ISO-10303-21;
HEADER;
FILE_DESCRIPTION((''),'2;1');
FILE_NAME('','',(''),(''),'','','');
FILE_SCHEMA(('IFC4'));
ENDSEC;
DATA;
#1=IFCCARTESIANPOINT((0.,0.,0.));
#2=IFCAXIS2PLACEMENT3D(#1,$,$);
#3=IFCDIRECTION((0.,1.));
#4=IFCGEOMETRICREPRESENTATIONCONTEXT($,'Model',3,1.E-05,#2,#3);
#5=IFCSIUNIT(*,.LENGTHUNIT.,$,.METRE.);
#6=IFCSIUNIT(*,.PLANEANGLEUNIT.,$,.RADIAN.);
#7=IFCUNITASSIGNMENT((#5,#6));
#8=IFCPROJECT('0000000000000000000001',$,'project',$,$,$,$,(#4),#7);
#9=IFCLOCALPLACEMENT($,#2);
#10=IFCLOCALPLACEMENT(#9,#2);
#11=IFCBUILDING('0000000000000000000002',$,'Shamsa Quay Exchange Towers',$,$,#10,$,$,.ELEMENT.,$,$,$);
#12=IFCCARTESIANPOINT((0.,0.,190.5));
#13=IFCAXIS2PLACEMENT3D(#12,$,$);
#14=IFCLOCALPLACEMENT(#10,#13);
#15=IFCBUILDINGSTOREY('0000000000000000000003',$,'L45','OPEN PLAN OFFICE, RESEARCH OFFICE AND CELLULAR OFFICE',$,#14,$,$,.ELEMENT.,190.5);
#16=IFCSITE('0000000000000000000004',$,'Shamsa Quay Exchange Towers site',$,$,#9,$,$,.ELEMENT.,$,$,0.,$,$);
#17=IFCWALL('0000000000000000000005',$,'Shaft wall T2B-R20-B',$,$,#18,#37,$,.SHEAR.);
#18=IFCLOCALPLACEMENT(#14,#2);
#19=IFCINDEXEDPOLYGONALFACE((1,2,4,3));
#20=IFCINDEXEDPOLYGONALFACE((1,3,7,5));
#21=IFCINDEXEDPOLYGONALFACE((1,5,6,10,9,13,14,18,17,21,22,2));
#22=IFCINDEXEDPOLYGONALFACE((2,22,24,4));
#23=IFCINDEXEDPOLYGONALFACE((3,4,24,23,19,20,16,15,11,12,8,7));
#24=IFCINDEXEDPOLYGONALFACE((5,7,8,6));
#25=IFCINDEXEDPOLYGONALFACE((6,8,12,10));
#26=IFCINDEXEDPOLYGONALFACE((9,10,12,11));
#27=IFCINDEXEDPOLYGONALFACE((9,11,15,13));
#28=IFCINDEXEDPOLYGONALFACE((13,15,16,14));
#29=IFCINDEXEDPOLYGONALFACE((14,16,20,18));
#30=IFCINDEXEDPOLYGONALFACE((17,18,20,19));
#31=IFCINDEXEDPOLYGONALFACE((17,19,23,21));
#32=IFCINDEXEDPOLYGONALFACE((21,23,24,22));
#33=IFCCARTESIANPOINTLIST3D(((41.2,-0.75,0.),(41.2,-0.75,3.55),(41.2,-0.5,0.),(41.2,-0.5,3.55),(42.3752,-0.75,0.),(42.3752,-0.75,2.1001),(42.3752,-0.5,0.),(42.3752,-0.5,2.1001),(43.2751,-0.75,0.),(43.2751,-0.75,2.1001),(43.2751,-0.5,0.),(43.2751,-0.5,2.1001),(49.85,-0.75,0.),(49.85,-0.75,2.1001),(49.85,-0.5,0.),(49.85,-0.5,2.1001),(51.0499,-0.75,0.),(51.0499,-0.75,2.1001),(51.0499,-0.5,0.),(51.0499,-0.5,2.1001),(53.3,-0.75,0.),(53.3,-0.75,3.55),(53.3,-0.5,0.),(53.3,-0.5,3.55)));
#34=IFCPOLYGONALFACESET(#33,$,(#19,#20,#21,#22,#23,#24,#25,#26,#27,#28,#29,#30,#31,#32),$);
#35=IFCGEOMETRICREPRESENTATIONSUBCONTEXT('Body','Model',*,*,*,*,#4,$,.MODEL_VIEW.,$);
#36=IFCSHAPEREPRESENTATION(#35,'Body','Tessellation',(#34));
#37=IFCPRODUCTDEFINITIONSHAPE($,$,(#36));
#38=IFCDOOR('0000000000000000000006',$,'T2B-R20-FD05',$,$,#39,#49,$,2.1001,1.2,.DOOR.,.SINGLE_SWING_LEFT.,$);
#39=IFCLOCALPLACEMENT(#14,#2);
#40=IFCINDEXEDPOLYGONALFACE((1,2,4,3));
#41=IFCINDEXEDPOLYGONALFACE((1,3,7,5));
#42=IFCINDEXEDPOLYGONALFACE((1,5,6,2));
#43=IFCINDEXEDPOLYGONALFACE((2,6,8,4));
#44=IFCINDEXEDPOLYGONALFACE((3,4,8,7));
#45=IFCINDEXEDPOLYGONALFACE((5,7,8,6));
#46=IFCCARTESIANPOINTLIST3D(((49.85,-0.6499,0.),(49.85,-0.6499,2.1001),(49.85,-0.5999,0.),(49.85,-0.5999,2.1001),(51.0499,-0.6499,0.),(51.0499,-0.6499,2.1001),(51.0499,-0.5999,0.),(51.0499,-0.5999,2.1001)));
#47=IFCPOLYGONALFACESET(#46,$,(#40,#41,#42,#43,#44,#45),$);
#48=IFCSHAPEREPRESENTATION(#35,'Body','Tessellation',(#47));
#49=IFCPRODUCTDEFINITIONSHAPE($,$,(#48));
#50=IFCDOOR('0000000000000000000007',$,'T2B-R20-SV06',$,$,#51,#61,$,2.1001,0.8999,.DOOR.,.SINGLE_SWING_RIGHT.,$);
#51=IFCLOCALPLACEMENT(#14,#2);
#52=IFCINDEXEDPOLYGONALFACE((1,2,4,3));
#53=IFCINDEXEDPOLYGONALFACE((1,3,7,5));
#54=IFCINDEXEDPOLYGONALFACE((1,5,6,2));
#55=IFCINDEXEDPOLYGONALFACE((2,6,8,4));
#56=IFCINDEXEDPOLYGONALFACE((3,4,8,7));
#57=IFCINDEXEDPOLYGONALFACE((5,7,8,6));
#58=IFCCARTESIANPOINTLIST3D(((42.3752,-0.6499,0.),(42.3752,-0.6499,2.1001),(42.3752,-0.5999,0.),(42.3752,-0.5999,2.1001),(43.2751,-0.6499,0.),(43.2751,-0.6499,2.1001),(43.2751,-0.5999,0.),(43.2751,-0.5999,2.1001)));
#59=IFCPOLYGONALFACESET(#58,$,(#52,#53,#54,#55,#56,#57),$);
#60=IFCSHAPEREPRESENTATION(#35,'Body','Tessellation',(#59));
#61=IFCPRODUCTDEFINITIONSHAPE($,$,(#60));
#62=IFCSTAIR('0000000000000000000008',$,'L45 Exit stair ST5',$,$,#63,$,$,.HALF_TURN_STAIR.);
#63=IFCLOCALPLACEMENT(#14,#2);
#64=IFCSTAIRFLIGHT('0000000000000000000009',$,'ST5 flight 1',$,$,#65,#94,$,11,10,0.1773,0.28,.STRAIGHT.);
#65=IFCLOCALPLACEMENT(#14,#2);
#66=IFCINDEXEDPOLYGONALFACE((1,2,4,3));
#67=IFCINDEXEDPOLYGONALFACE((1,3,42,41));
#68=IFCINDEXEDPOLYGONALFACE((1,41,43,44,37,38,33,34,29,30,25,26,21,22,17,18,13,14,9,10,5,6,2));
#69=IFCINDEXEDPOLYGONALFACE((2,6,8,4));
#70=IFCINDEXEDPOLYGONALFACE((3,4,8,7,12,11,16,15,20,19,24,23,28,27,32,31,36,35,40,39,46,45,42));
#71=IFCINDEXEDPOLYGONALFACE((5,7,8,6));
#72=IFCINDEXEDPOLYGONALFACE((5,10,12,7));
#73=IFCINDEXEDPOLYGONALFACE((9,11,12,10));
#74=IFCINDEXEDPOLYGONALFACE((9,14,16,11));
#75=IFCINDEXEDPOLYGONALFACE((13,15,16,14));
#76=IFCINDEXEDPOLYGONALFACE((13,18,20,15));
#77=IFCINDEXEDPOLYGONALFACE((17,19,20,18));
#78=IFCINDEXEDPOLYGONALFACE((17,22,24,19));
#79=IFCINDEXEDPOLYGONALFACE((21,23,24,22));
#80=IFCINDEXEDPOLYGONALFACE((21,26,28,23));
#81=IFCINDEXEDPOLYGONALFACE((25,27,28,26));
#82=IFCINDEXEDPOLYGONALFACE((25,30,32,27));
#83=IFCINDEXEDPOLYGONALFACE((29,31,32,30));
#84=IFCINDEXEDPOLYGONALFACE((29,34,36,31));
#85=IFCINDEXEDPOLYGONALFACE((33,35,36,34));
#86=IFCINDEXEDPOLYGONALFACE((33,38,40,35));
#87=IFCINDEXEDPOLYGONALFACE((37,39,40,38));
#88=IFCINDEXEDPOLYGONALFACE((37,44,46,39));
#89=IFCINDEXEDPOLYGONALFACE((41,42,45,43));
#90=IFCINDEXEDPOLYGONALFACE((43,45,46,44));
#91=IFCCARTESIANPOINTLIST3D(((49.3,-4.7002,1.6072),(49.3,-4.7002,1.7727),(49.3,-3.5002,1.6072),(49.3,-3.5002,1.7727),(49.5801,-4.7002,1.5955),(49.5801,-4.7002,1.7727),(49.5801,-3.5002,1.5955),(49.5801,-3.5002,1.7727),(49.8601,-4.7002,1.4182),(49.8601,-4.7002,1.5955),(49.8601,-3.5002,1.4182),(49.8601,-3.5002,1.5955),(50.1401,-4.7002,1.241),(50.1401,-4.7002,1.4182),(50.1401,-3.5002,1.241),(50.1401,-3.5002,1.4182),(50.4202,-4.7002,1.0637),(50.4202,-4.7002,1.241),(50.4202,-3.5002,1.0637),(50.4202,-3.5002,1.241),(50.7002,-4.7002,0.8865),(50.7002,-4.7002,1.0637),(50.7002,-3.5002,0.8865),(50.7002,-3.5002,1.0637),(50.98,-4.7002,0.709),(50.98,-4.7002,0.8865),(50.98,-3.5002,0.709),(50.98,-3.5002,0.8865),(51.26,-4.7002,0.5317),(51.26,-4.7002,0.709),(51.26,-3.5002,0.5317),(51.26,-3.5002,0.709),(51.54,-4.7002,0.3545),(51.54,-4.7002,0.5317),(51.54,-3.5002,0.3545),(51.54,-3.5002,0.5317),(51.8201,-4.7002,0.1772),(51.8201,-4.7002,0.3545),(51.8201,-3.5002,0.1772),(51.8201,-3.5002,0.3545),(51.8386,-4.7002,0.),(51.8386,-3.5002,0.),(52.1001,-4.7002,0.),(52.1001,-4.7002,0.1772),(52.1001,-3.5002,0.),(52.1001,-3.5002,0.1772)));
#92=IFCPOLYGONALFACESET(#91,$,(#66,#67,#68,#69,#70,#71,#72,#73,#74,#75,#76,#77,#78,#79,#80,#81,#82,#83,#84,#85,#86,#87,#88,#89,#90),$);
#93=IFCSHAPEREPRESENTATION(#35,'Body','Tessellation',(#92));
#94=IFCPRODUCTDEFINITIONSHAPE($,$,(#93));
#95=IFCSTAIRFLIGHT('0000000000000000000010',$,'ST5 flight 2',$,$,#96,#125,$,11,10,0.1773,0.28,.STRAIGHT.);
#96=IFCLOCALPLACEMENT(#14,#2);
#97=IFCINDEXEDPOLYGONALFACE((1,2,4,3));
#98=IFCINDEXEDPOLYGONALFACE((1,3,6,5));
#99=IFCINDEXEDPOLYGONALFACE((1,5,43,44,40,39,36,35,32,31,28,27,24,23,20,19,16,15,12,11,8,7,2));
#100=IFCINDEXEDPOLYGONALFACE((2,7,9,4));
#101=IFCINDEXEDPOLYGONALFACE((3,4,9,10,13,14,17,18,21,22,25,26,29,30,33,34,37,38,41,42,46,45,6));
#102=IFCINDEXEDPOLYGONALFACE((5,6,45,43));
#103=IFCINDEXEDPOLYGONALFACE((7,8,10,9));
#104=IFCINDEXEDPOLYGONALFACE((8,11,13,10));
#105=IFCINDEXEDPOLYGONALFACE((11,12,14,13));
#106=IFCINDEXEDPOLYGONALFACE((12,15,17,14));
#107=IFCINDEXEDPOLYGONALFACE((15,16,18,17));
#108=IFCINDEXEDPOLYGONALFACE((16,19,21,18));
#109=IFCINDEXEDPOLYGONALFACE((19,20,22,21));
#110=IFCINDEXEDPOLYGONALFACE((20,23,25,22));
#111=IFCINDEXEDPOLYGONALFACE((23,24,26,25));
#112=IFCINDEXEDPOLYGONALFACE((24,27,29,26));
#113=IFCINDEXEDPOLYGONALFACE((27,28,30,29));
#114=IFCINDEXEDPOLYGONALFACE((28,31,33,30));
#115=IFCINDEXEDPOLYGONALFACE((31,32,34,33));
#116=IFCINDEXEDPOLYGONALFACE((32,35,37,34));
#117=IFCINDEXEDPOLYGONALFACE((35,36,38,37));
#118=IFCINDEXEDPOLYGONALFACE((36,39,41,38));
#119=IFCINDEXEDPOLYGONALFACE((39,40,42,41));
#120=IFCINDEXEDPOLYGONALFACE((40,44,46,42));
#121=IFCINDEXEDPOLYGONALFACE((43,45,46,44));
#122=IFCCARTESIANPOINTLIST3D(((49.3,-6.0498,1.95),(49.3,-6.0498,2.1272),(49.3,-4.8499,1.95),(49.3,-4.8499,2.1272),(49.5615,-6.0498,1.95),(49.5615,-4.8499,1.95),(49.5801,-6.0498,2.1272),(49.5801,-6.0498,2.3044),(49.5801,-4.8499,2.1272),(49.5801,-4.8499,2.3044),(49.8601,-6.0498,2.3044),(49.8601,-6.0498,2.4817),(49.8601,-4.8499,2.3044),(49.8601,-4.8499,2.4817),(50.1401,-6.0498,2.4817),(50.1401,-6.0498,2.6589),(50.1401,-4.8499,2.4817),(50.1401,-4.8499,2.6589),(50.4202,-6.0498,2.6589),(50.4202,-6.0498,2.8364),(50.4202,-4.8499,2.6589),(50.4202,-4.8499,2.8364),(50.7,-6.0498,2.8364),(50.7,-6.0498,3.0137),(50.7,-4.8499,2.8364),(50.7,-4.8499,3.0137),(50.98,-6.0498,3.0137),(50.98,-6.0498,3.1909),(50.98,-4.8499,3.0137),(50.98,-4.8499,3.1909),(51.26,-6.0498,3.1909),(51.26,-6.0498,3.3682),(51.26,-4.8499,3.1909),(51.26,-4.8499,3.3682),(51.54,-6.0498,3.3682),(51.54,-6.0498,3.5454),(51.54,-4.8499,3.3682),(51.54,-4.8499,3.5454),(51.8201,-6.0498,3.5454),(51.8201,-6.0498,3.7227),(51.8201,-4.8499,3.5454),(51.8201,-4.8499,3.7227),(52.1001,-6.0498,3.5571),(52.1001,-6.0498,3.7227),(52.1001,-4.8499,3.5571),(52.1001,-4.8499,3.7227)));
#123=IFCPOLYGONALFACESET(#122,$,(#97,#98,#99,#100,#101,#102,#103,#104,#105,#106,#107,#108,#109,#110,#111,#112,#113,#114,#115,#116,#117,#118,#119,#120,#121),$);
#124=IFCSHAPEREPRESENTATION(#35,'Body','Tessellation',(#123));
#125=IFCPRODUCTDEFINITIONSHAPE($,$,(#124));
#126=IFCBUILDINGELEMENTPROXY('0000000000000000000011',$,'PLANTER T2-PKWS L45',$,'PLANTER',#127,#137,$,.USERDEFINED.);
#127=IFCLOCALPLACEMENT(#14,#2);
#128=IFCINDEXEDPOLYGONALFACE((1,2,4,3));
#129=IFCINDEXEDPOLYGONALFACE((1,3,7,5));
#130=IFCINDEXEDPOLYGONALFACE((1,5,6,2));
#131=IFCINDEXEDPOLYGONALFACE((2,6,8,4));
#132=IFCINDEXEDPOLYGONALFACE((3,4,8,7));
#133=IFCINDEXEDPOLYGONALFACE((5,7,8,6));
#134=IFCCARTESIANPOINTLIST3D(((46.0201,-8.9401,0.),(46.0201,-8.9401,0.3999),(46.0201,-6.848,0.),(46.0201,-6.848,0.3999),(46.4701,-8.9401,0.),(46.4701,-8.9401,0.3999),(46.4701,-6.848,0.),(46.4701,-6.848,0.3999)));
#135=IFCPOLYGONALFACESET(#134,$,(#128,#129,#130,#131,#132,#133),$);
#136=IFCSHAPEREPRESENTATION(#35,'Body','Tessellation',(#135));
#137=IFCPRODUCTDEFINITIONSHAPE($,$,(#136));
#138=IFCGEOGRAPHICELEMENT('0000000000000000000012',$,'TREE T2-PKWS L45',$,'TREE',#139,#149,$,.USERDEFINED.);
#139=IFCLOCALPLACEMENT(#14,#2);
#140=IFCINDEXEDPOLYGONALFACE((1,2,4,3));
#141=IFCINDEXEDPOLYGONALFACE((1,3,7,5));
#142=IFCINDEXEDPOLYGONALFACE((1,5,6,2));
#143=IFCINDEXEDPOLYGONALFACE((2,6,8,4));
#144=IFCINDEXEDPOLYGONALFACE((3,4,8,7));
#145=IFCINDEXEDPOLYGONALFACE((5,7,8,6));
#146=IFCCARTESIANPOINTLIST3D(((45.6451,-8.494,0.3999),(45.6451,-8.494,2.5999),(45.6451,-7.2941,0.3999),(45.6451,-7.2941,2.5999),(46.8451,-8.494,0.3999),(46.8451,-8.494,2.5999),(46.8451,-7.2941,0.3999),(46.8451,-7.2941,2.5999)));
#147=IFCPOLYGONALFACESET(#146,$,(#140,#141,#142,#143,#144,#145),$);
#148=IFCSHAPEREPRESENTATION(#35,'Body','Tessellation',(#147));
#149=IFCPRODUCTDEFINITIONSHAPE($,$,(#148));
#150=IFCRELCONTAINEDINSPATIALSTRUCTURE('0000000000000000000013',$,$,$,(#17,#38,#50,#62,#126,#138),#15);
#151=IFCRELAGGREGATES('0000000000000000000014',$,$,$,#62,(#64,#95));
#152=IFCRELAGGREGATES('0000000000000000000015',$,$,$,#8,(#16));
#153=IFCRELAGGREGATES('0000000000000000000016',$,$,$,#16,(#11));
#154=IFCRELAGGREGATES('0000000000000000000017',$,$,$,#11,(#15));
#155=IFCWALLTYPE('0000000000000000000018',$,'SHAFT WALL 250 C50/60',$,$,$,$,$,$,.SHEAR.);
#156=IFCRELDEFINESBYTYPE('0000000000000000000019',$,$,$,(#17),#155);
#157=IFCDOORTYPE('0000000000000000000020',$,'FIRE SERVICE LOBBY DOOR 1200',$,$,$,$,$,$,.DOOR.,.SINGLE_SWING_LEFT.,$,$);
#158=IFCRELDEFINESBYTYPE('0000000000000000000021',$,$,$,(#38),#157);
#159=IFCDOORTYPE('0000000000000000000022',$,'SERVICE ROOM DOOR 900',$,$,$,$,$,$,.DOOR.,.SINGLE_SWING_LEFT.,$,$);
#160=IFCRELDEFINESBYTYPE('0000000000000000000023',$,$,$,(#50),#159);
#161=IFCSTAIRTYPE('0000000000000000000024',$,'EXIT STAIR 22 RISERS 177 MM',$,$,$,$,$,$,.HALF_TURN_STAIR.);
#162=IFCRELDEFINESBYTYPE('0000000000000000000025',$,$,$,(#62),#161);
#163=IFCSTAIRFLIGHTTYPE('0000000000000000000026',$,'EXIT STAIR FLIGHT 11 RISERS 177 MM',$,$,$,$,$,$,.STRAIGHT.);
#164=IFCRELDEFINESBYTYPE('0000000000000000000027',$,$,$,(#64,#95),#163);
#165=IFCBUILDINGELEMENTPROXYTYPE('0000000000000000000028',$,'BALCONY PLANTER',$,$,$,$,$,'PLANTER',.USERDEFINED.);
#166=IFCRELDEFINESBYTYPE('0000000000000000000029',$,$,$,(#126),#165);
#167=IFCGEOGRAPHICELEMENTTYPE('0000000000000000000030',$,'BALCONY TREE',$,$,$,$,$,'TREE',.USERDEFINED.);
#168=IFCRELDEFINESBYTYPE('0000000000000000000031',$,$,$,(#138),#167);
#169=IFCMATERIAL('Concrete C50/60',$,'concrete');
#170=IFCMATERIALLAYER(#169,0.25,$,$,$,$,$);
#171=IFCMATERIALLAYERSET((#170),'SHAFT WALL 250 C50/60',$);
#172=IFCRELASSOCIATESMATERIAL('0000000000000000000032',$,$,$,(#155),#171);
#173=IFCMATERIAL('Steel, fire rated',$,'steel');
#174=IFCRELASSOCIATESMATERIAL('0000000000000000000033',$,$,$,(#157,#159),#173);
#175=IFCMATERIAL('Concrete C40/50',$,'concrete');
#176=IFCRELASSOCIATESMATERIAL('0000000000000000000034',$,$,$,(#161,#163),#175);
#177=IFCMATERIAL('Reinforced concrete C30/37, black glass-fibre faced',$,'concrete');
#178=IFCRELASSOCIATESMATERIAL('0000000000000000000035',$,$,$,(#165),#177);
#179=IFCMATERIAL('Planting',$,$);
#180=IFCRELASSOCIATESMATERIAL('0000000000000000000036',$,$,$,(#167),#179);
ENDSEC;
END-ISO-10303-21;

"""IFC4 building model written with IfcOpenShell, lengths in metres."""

from ifc_helpers import new_model, si_unit, direction, frame, frame_2d, origin, origin_2d, place, context, subcontext, project, spatial, polyline, rectangle, outline, extrude, material, layer, layer_set, type_object, element, fill, aggregate, save


model = new_model("IFC4")

# Units and contexts
model_context = context("Model", 3, precision=1e-05, world=origin(), true_north=direction((0.0, 1.0)))
body_context = subcontext(model_context, "Body", "Model", "MODEL_VIEW")
ifc_project = project(units=[si_unit("LENGTHUNIT", "METRE"), si_unit("PLANEANGLEUNIT", "RADIAN")], contexts=[model_context])

# Site, building, storey
site_placement = place(None, origin())
site = spatial("IfcSite", under=ifc_project, at=site_placement, Name="Shamsa Quay Exchange Towers site", CompositionType="ELEMENT", RefElevation=0.0)
building_placement = place(site_placement, origin())
building = spatial("IfcBuilding", under=site, at=building_placement, Name="Shamsa Quay Exchange Towers", CompositionType="ELEMENT")
storey_placement = place(building_placement, frame((0.0, 0.0, 190.5)))
storey = spatial("IfcBuildingStorey", under=building, at=storey_placement, Name="L45", Description="OPEN PLAN OFFICE, RESEARCH OFFICE AND CELLULAR OFFICE", CompositionType="ELEMENT", Elevation=190.5)

# Shared definitions
ifc_material_1 = material(Name="Steel, fire rated", Category="steel")
ifc_material_2 = material(Name="Concrete C50/60", Category="concrete")
ifc_layer_1 = layer(ifc_material_2, 0.25)
ifc_layer_set_1 = layer_set([ifc_layer_1], Name="SHAFT WALL 250 C50/60")
wall_type_1 = type_object("IfcWallType", Name="SHAFT WALL 250 C50/60", PredefinedType="SHEAR", material=ifc_layer_set_1)

# Wall, openings, doors
wall_1_placement = place(storey_placement, frame((53.3, -0.625, 0.0), z_axis=(0.0, 0.0, 1.0), x_axis=(-1.0, 0.0, 0.0)))
wall_1 = element("IfcWall", 1, at=wall_1_placement, inside=storey, type_object=wall_type_1, Name="Shaft wall T2B-R20-B", PredefinedType="SHEAR", context=body_context, shape_type="SweptSolid", body=[
    extrude(rectangle(XDim=12.1001, YDim=0.25, at=frame_2d((6.05, 0.0))), origin(), (0.0, 0.0, 1.0), 3.55),
])
opening_1_placement = place(wall_1_placement, frame((2.25, 0.0, 0.0)))
opening_1 = element("IfcOpeningElement", 2, at=opening_1_placement, cuts=wall_1, PredefinedType="OPENING", context=body_context, shape_type="SweptSolid", body=[
    extrude(rectangle(XDim=1.2, YDim=2.1001, at=frame_2d((0.6001, 1.05))), frame((0.0, 0.135, 0.0), z_axis=(0.0, -1.0, 0.0), x_axis=(1.0, 0.0, 0.0)), (0.0, 0.0, 1.0), 0.27),
])
opening_2_placement = place(wall_1_placement, frame((10.0249, 0.0, 0.0)))
opening_2 = element("IfcOpeningElement", 3, at=opening_2_placement, cuts=wall_1, PredefinedType="OPENING", context=body_context, shape_type="SweptSolid", body=[
    extrude(rectangle(XDim=0.8999, YDim=2.1001, at=frame_2d((0.45, 1.05))), frame((0.0, 0.135, 0.0), z_axis=(0.0, -1.0, 0.0), x_axis=(1.0, 0.0, 0.0)), (0.0, 0.0, 1.0), 0.27),
])
door_type_1 = type_object("IfcDoorType", Name="FIRE SERVICE LOBBY DOOR 1200", OperationType="SINGLE_SWING_LEFT", PredefinedType="DOOR", material=ifc_material_1)
door_1_placement = place(opening_1_placement, origin())
door_1 = element("IfcDoor", 4, at=door_1_placement, inside=storey, type_object=door_type_1, Name="T2B-R20-FD05", OperationType="SINGLE_SWING_LEFT", OverallHeight=2.1001, OverallWidth=1.2, PredefinedType="DOOR", context=body_context, shape_type="SweptSolid", body=[
    extrude(rectangle(XDim=1.2, YDim=2.1001, at=frame_2d((0.6001, 1.05))), frame((0.0, 0.0249, 0.0), z_axis=(0.0, -1.0, 0.0), x_axis=(1.0, 0.0, 0.0)), (0.0, 0.0, 1.0), 0.05),
])
fill(opening_1, door_1)
door_type_2 = type_object("IfcDoorType", Name="SERVICE ROOM DOOR 900", OperationType="SINGLE_SWING_LEFT", PredefinedType="DOOR", material=ifc_material_1)
door_2_placement = place(opening_2_placement, origin())
door_2 = element("IfcDoor", 5, at=door_2_placement, inside=storey, type_object=door_type_2, Name="T2B-R20-SV06", OperationType="SINGLE_SWING_RIGHT", OverallHeight=2.1001, OverallWidth=0.8999, PredefinedType="DOOR", context=body_context, shape_type="SweptSolid", body=[
    extrude(rectangle(XDim=0.8999, YDim=2.1001, at=frame_2d((0.45, 1.05))), frame((0.0, 0.0249, 0.0), z_axis=(0.0, -1.0, 0.0), x_axis=(1.0, 0.0, 0.0)), (0.0, 0.0, 1.0), 0.05),
])
fill(opening_2, door_2)

# Stair, stair flights
ifc_material_3 = material(Name="Concrete C40/50", Category="concrete")
stair_type = type_object("IfcStairType", Name="EXIT STAIR 22 RISERS 177 MM", PredefinedType="HALF_TURN_STAIR", material=ifc_material_3)
stair_placement = place(storey_placement, origin())
stair = element("IfcStair", 6, at=stair_placement, inside=storey, type_object=stair_type, Name="L45 Exit stair ST5", PredefinedType="HALF_TURN_STAIR")
stair_flight_type = type_object("IfcStairFlightType", Name="EXIT STAIR FLIGHT 11 RISERS 177 MM", PredefinedType="STRAIGHT", material=ifc_material_3)
stair_flight_1_placement = place(storey_placement, frame((52.1001, -4.1001, 0.0), z_axis=(0.0, 0.0, 1.0), x_axis=(-1.0, 0.0, 0.0)))
stair_flight_1 = element("IfcStairFlight", 7, at=stair_flight_1_placement, type_object=stair_flight_type, Name="ST5 flight 1", NumberOfRisers=11, NumberOfTreads=10, PredefinedType="STRAIGHT", RiserHeight=0.1773, TreadLength=0.28, context=body_context, shape_type="SweptSolid", body=[
    extrude(outline(polyline([(0.0, 0.0), (0.0, 0.1772), (0.28, 0.1772), (0.28, 0.3545), (0.5601, 0.3545), (0.5601, 0.5317), (0.8401, 0.5317), (0.8401, 0.709), (1.1201, 0.709), (1.1201, 0.8865), (1.3999, 0.8865), (1.3999, 1.0637), (1.6799, 1.0637), (1.6799, 1.241), (1.96, 1.241), (1.96, 1.4182), (2.24, 1.4182), (2.24, 1.5955), (2.52, 1.5955), (2.52, 1.7727), (2.8, 1.7727), (2.8, 1.95), (2.8, 1.6072), (0.2615, 0.0), (0.0, 0.0)])), frame((0.0, 0.6001, 0.0), z_axis=(0.0, -1.0, 0.0), x_axis=(1.0, 0.0, 0.0)), (0.0, 0.0, 1.0), 1.2),
])
stair_flight_2_placement = place(storey_placement, frame((49.3, -5.45, 1.95)))
stair_flight_2 = element("IfcStairFlight", 8, at=stair_flight_2_placement, type_object=stair_flight_type, Name="ST5 flight 2", NumberOfRisers=11, NumberOfTreads=10, PredefinedType="STRAIGHT", RiserHeight=0.1773, TreadLength=0.28, context=body_context, shape_type="SweptSolid", body=[
    extrude(outline(polyline([(0.0, 0.0), (0.0, 0.1772), (0.28, 0.1772), (0.28, 0.3545), (0.5601, 0.3545), (0.5601, 0.5317), (0.8401, 0.5317), (0.8401, 0.709), (1.1201, 0.709), (1.1201, 0.8865), (1.3999, 0.8865), (1.3999, 1.0637), (1.6799, 1.0637), (1.6799, 1.241), (1.96, 1.241), (1.96, 1.4182), (2.24, 1.4182), (2.24, 1.5955), (2.52, 1.5955), (2.52, 1.7727), (2.8, 1.7727), (2.8, 1.95), (2.8, 1.6072), (0.2615, 0.0), (0.0, 0.0)])), frame((0.0, 0.6001, 0.0), z_axis=(0.0, -1.0, 0.0), x_axis=(1.0, 0.0, 0.0)), (0.0, 0.0, 1.0), 1.2),
])
aggregate(stair, [stair_flight_1, stair_flight_2])

# Building element proxy
ifc_material_4 = material(Name="Reinforced concrete C30/37, black glass-fibre faced", Category="concrete")
building_element_proxy_type = type_object("IfcBuildingElementProxyType", Name="BALCONY PLANTER", ElementType="PLANTER", PredefinedType="USERDEFINED", material=ifc_material_4)
proxy_placement = place(storey_placement, frame((46.2451, -7.894, 0.0), z_axis=(0.0, 0.0, 1.0), x_axis=(0.0, 1.0, 0.0)))
element("IfcBuildingElementProxy", 9, at=proxy_placement, inside=storey, type_object=building_element_proxy_type, Name="PLANTER T2-PKWS L45", ObjectType="PLANTER", PredefinedType="USERDEFINED", context=body_context, shape_type="SweptSolid", body=[
    extrude(rectangle(XDim=2.092, YDim=0.45, at=origin_2d()), origin(), (0.0, 0.0, 1.0), 0.3999),
])

# Geographic element
ifc_material_5 = material(Name="Planting")
geographic_element_type = type_object("IfcGeographicElementType", Name="BALCONY TREE", ElementType="TREE", PredefinedType="USERDEFINED", material=ifc_material_5)
geographic_element_placement = place(storey_placement, frame((46.2451, -7.894, 0.3999), z_axis=(0.0, 0.0, 1.0), x_axis=(0.0, 1.0, 0.0)))
element("IfcGeographicElement", 10, at=geographic_element_placement, inside=storey, type_object=geographic_element_type, Name="TREE T2-PKWS L45", ObjectType="TREE", PredefinedType="USERDEFINED", context=body_context, shape_type="SweptSolid", body=[
    extrude(rectangle(XDim=1.2, YDim=1.2, at=origin_2d()), origin(), (0.0, 0.0, 1.0), 2.2),
])

save(model, "model.ifc")
